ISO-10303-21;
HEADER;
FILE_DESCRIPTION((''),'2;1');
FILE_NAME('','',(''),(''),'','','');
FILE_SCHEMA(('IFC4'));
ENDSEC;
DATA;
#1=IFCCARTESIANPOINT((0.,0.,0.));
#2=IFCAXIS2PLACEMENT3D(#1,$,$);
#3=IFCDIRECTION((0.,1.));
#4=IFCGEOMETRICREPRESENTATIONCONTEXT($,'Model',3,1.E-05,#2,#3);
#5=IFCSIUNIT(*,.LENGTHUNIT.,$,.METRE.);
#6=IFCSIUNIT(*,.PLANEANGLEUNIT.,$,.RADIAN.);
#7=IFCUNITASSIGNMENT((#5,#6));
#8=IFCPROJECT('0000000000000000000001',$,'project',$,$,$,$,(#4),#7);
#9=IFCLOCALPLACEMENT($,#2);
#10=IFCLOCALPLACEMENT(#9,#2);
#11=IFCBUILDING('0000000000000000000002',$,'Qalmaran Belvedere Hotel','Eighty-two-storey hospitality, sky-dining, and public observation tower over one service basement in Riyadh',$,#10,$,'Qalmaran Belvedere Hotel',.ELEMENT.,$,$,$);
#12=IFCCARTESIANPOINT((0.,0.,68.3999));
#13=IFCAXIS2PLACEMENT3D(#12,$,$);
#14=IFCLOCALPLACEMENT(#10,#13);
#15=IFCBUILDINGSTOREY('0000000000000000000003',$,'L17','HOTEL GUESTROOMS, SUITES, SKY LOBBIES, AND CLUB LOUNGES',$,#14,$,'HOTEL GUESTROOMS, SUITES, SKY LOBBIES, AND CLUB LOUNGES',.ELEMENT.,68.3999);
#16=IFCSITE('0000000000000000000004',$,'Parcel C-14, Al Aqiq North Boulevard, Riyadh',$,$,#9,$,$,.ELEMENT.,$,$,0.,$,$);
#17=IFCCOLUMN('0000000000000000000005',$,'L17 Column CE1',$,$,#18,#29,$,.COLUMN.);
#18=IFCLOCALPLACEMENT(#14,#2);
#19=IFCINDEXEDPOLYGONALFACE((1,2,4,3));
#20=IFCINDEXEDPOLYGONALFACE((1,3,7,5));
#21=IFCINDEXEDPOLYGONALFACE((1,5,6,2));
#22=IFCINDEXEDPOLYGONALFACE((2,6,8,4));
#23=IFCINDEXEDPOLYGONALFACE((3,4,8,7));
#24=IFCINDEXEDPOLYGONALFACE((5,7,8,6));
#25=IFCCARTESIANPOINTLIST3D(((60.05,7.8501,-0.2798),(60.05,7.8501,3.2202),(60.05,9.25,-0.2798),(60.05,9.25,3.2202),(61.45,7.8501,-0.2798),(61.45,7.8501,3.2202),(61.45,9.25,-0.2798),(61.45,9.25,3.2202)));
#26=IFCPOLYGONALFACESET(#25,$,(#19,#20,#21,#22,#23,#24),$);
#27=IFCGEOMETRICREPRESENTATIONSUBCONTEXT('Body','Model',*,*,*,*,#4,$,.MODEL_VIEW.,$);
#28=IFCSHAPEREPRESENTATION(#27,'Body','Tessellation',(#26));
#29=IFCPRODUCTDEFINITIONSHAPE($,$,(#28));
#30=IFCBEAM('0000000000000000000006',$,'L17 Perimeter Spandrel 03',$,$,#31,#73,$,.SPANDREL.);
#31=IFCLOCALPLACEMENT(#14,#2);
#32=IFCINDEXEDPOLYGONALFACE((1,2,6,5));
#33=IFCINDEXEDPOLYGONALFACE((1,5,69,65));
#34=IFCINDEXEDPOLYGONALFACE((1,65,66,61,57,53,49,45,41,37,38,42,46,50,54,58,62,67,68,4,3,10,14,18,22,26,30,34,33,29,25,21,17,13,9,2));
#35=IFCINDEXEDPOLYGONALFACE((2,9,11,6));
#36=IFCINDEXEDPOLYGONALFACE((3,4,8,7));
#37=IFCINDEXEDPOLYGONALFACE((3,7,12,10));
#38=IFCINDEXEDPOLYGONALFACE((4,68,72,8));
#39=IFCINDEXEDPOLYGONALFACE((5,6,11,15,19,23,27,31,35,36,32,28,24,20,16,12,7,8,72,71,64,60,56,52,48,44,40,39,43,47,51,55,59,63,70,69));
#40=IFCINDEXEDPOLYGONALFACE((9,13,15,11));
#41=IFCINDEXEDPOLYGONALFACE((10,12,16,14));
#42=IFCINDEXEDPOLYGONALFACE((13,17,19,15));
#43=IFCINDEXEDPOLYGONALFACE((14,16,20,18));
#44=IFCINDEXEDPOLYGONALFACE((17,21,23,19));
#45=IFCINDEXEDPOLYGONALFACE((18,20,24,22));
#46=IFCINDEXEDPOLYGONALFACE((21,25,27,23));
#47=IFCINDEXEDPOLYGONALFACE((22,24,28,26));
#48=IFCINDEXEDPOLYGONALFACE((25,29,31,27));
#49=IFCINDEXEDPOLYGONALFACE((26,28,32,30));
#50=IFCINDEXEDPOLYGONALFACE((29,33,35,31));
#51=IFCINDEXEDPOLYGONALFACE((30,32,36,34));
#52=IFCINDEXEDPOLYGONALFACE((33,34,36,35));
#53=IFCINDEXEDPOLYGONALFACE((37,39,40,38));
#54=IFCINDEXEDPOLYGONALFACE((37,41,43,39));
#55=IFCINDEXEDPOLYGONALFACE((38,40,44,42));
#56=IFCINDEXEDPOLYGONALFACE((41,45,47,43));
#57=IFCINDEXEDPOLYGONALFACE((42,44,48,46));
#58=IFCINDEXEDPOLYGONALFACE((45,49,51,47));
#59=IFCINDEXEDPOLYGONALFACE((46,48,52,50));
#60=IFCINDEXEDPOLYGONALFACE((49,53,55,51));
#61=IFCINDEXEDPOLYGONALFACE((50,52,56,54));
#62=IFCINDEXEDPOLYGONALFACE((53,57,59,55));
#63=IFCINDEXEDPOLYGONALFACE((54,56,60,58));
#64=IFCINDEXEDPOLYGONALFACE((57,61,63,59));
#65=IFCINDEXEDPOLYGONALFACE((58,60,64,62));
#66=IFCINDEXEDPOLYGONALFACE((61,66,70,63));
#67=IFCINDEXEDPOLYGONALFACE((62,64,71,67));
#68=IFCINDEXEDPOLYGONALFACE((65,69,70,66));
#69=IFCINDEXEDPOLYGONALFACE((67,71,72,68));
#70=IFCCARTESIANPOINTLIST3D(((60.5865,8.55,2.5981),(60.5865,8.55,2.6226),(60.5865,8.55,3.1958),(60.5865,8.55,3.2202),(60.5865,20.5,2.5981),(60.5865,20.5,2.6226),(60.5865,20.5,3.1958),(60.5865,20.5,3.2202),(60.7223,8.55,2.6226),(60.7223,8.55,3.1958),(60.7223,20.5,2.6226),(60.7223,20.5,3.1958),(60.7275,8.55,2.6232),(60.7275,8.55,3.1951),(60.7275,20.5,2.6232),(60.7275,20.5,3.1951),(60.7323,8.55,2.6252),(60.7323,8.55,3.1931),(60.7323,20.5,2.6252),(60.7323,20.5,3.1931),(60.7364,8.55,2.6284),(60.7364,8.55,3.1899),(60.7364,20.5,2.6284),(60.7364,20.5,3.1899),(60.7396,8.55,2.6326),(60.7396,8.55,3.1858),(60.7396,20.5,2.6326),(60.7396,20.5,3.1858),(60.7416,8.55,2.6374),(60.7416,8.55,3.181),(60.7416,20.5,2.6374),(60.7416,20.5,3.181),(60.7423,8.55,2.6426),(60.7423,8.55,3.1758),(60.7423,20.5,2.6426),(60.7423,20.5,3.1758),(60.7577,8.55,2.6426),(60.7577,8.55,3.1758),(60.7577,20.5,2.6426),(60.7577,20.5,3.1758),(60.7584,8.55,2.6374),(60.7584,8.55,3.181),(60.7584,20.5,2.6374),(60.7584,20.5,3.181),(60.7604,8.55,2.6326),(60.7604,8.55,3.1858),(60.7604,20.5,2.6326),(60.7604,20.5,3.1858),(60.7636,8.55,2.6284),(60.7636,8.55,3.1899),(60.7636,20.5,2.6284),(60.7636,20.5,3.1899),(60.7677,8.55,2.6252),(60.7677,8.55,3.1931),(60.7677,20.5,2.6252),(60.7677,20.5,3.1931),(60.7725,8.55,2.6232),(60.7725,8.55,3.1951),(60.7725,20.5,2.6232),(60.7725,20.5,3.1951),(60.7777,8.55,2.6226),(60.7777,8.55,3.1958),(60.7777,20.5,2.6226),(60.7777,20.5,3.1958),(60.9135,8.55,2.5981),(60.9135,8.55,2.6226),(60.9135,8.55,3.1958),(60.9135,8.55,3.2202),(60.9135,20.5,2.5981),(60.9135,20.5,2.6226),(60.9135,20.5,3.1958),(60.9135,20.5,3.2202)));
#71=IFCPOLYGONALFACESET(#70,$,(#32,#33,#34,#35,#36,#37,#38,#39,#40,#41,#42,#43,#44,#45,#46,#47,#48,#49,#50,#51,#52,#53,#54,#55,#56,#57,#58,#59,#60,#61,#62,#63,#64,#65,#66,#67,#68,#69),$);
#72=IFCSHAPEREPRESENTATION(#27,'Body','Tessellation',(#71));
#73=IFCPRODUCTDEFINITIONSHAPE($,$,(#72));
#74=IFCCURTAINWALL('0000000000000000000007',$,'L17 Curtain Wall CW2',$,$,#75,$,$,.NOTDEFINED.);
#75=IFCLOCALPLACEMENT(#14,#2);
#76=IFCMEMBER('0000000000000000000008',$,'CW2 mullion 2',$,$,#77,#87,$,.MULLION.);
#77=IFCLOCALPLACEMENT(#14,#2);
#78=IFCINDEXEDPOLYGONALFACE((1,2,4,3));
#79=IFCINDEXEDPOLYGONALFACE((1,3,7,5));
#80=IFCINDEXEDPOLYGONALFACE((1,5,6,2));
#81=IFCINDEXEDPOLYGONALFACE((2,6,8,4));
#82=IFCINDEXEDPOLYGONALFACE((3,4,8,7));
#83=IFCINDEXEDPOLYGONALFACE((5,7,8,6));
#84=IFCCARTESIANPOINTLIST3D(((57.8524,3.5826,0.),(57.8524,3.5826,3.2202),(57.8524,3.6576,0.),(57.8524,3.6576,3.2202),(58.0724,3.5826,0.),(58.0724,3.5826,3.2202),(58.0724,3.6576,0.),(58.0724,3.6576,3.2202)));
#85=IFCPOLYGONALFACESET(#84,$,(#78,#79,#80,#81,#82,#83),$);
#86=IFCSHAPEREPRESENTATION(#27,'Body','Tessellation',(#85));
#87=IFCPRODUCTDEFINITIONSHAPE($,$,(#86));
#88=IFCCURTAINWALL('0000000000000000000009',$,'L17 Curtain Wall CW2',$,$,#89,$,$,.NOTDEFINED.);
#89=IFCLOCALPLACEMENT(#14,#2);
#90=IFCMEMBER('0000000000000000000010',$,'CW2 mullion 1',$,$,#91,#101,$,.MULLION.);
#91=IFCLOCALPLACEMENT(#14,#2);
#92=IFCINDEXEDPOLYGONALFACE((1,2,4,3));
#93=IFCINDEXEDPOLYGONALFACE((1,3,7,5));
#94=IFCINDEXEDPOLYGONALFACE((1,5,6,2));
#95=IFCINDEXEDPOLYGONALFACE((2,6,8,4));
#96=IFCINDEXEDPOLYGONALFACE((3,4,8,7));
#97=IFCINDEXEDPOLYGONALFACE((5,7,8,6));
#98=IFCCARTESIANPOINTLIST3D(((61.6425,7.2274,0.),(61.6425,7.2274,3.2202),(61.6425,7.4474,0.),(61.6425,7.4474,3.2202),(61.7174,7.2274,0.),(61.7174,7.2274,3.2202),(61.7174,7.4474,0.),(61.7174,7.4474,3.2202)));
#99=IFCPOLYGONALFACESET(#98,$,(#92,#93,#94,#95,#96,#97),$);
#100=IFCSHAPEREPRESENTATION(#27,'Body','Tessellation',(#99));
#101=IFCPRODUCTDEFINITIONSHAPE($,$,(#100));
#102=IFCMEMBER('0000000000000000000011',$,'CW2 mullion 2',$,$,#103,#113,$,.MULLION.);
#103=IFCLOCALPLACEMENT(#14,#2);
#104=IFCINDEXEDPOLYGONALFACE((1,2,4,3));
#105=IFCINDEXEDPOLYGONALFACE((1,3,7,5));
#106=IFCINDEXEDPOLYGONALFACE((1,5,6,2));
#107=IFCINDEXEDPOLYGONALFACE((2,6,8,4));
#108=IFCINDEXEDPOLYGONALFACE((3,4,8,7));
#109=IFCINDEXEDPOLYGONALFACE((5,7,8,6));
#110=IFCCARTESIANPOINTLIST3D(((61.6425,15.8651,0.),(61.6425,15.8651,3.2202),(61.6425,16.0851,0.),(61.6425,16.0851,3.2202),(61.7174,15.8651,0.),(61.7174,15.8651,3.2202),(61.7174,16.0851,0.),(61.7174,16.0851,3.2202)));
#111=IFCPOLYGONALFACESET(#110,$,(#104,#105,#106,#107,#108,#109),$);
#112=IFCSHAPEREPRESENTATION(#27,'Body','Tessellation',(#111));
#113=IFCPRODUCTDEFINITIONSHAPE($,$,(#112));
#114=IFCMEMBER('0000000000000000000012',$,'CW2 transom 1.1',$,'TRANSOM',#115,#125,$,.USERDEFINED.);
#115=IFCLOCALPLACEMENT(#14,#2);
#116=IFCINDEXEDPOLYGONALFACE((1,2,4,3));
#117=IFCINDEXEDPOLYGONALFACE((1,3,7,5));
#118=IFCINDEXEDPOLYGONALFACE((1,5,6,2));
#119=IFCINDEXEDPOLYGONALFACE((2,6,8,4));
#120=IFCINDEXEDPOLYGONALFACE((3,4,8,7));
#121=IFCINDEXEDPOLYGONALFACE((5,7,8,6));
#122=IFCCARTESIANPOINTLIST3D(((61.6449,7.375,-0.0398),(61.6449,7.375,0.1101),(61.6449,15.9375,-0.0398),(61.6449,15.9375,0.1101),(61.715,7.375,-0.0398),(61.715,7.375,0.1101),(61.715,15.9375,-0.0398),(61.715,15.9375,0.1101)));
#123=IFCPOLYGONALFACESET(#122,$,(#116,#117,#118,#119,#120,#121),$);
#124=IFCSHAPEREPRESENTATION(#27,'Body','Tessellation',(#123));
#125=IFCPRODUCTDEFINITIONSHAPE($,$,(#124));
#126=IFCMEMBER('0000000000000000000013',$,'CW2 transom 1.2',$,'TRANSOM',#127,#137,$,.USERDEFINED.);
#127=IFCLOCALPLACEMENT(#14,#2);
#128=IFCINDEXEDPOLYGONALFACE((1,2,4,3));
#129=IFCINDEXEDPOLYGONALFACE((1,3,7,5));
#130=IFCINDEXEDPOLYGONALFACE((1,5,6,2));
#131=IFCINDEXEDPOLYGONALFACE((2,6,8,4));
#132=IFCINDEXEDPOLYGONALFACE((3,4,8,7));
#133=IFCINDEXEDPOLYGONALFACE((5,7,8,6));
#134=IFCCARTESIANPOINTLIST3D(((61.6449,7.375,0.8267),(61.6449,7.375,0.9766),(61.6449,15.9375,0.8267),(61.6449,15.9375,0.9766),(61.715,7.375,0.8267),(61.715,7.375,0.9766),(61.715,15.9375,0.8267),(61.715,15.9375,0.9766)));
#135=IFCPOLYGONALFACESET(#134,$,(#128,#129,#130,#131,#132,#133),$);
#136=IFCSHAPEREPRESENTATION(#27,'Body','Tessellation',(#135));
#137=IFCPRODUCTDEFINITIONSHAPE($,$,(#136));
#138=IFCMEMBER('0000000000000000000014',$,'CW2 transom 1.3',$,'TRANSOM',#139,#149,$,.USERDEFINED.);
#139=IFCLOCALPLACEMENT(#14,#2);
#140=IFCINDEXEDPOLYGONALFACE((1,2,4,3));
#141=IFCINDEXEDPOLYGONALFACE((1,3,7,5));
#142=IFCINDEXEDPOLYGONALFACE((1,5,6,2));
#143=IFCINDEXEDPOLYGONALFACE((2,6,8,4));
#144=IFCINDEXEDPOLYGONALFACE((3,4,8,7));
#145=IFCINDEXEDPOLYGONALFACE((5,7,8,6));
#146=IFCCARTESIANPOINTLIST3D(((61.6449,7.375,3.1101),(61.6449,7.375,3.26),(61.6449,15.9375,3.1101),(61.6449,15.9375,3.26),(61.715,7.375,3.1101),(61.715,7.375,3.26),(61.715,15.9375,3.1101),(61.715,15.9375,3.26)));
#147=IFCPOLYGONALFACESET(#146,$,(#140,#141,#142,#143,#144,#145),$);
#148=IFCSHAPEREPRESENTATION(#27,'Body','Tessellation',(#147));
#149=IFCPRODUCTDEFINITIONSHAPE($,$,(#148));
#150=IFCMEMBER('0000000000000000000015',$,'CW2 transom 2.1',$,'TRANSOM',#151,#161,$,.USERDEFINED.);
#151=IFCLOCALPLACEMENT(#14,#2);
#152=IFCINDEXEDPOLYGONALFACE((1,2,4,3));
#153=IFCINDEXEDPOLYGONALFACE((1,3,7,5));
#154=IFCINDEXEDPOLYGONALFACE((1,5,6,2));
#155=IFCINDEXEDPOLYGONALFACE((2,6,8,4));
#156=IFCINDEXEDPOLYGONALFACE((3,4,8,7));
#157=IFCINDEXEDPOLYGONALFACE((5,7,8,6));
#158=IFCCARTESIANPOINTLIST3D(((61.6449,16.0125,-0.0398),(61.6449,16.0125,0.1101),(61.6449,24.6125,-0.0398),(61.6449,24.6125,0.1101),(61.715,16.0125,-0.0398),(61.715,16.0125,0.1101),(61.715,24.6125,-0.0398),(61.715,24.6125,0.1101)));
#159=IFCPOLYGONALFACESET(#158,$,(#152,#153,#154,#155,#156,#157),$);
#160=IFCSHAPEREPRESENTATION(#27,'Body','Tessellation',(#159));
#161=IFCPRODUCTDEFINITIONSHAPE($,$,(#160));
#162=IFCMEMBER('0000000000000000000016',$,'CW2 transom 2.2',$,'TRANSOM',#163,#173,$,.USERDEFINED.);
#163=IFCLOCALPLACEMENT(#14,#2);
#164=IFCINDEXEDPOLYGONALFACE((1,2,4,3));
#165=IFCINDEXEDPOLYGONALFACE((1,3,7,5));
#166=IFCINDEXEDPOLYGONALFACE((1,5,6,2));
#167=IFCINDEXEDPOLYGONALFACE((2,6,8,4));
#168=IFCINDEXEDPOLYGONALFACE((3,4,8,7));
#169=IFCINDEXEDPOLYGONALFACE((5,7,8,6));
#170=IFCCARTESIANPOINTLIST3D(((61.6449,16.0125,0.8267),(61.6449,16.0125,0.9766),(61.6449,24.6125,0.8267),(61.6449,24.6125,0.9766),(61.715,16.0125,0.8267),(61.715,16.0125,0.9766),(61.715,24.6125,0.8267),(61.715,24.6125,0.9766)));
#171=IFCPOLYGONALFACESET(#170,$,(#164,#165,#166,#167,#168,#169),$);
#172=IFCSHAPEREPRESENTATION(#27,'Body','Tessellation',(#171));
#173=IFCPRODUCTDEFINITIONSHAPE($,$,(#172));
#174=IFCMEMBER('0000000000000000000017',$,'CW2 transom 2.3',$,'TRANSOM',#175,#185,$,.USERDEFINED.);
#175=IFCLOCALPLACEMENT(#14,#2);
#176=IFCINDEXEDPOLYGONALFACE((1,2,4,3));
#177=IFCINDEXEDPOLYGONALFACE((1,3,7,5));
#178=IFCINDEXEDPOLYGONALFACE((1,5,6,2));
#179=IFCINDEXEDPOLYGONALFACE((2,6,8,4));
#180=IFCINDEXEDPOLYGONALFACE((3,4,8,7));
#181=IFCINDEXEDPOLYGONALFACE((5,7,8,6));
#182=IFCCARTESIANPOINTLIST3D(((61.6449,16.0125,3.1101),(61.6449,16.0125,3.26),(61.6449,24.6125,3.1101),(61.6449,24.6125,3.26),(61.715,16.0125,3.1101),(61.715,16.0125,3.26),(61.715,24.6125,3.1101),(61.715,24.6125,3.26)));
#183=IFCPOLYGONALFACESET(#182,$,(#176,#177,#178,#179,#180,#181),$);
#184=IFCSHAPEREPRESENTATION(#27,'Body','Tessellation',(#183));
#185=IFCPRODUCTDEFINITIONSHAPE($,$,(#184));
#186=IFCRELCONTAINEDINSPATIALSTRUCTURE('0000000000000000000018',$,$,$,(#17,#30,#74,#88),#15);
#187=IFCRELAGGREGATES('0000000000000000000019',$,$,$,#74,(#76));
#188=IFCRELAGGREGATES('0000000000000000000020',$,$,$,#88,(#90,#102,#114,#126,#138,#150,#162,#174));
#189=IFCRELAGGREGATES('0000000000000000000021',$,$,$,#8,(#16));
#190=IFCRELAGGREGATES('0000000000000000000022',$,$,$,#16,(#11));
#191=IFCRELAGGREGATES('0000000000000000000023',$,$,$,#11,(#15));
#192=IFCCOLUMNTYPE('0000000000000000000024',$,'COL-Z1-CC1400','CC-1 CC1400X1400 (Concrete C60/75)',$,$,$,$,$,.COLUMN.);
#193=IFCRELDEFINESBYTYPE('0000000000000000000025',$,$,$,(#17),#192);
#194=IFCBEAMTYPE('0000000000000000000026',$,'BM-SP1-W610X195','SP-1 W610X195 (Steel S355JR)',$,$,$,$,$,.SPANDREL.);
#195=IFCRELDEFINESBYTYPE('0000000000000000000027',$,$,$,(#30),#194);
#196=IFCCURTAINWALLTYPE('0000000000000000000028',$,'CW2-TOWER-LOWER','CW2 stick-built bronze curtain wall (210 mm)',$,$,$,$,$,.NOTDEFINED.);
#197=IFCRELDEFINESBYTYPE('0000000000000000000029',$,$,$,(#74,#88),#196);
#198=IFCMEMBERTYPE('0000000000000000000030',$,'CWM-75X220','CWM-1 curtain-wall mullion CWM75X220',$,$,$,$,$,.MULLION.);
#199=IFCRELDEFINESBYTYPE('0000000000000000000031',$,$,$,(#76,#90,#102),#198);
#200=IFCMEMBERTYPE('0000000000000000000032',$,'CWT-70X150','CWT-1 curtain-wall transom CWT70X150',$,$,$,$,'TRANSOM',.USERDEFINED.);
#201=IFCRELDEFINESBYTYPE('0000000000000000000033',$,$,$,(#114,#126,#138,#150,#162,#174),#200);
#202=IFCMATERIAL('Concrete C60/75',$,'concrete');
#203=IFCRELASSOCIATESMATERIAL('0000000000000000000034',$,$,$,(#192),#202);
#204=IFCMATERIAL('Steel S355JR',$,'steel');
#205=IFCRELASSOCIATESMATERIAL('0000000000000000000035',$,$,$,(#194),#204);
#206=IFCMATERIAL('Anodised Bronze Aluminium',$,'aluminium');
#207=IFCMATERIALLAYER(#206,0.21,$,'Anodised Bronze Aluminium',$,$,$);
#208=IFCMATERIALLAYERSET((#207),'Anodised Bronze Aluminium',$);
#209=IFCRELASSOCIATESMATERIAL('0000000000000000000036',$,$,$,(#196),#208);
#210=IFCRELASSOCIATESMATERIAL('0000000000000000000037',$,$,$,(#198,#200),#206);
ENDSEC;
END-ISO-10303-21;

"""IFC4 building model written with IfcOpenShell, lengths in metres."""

from ifc_helpers import new_model, si_unit, direction, frame, origin, origin_2d, place, context, subcontext, project, spatial, rectangle, i_section, extrude, material, layer, layer_set, material_profile, profile_set, type_object, element, aggregate, save


model = new_model("IFC4")

# Units and contexts
model_context = context("Model", 3, precision=1e-05, world=origin(), true_north=direction((0.0, 1.0)))
body_context = subcontext(model_context, "Body", "Model", "MODEL_VIEW")
ifc_project = project(units=[si_unit("LENGTHUNIT", "METRE"), si_unit("PLANEANGLEUNIT", "RADIAN")], contexts=[model_context])

# Site, building, storey
site_placement = place(None, origin())
site = spatial("IfcSite", under=ifc_project, at=site_placement, Name="Parcel C-14, Al Aqiq North Boulevard, Riyadh", CompositionType="ELEMENT", RefElevation=0.0)
building_placement = place(site_placement, origin())
building = spatial("IfcBuilding", under=site, at=building_placement, Name="Qalmaran Belvedere Hotel", Description="Eighty-two-storey hospitality, sky-dining, and public observation tower over one service basement in Riyadh", LongName="Qalmaran Belvedere Hotel", CompositionType="ELEMENT")
storey_placement = place(building_placement, frame((0.0, 0.0, 68.3999)))
storey = spatial("IfcBuildingStorey", under=building, at=storey_placement, Name="L17", Description="HOTEL GUESTROOMS, SUITES, SKY LOBBIES, AND CLUB LOUNGES", LongName="HOTEL GUESTROOMS, SUITES, SKY LOBBIES, AND CLUB LOUNGES", CompositionType="ELEMENT", Elevation=68.3999)

# Column
ifc_material_1 = material(Name="Concrete C60/75", Category="concrete")
ifc_material_profile_1 = material_profile(ifc_material_1, rectangle(XDim=1.3999, YDim=1.3999, at=origin_2d()), Name="CC1400X1400")
ifc_profile_set_1 = profile_set([ifc_material_profile_1], Name="Concrete C60/75")
column_type = type_object("IfcColumnType", Name="COL-Z1-CC1400", Description="CC-1 CC1400X1400 (Concrete C60/75)", PredefinedType="COLUMN", material=ifc_profile_set_1)
column_placement = place(storey_placement, frame((60.75, 8.55, -0.2798), z_axis=(0.0, 0.0, 1.0), x_axis=(1.0, 0.0, 0.0)))
element("IfcColumn", 1, at=column_placement, inside=storey, type_object=column_type, Name="L17 Column CE1", PredefinedType="COLUMN", context=body_context, shape_type="SweptSolid", body=[
    extrude(rectangle(XDim=1.3999, YDim=1.3999, at=origin_2d()), origin(), (0.0, 0.0, 1.0), 3.5),
])

# Beam
ifc_material_2 = material(Name="Steel S355JR", Category="steel")
ifc_material_profile_2 = material_profile(ifc_material_2, i_section(OverallWidth=0.3269, OverallDepth=0.6221, WebThickness=0.0154, FlangeThickness=0.0244, FilletRadius=0.02, at=origin_2d()), Name="W610X195")
ifc_profile_set_2 = profile_set([ifc_material_profile_2], Name="Steel S355JR")
beam_type = type_object("IfcBeamType", Name="BM-SP1-W610X195", Description="SP-1 W610X195 (Steel S355JR)", PredefinedType="SPANDREL", material=ifc_profile_set_2)
beam_placement = place(storey_placement, frame((60.75, 8.55, 2.9092), z_axis=(0.0, 1.0, 0.0), x_axis=(-1.0, 0.0, 0.0)))
element("IfcBeam", 2, at=beam_placement, inside=storey, type_object=beam_type, Name="L17 Perimeter Spandrel 03", PredefinedType="SPANDREL", context=body_context, shape_type="SweptSolid", body=[
    extrude(i_section(OverallWidth=0.3269, OverallDepth=0.6221, WebThickness=0.0154, FlangeThickness=0.0244, FilletRadius=0.02, at=origin_2d()), origin(), (0.0, 0.0, 1.0), 11.95),
])

# Curtain wall, member
ifc_material_3 = material(Name="Anodised Bronze Aluminium", Category="aluminium")
ifc_layer_1 = layer(ifc_material_3, 0.21, Name="Anodised Bronze Aluminium")
ifc_layer_set_1 = layer_set([ifc_layer_1], Name="Anodised Bronze Aluminium")
curtain_wall_type = type_object("IfcCurtainWallType", Name="CW2-TOWER-LOWER", Description="CW2 stick-built bronze curtain wall (210 mm)", PredefinedType="NOTDEFINED", material=ifc_layer_set_1)
curtain_wall_1_placement = place(storey_placement, origin())
curtain_wall_1 = element("IfcCurtainWall", 3, at=curtain_wall_1_placement, inside=storey, type_object=curtain_wall_type, Name="L17 Curtain Wall CW2", PredefinedType="NOTDEFINED")
ifc_material_profile_3 = material_profile(ifc_material_3, rectangle(XDim=0.075, YDim=0.22, at=origin_2d()), Name="CWM75X220")
ifc_profile_set_3 = profile_set([ifc_material_profile_3], Name="Anodised Bronze Aluminium")
member_type_1 = type_object("IfcMemberType", Name="CWM-75X220", Description="CWM-1 curtain-wall mullion CWM75X220", PredefinedType="MULLION", material=ifc_profile_set_3)
member_1_placement = place(storey_placement, frame((57.9624, 3.6201, 0.0), z_axis=(0.0, 0.0, 1.0), x_axis=(0.0, 1.0, 0.0)))
member_1 = element("IfcMember", 4, at=member_1_placement, type_object=member_type_1, Name="CW2 mullion 2", PredefinedType="MULLION", context=body_context, shape_type="SweptSolid", body=[
    extrude(rectangle(XDim=0.075, YDim=0.22, at=origin_2d()), origin(), (0.0, 0.0, 1.0), 3.2202),
])

# Curtain wall, members
curtain_wall_2_placement = place(storey_placement, origin())
curtain_wall_2 = element("IfcCurtainWall", 5, at=curtain_wall_2_placement, inside=storey, type_object=curtain_wall_type, Name="L17 Curtain Wall CW2", PredefinedType="NOTDEFINED")
member_2_placement = place(storey_placement, frame((61.6799, 7.3374, 0.0), z_axis=(0.0, 0.0, 1.0), x_axis=(-1.0, 0.0, 0.0)))
member_2 = element("IfcMember", 6, at=member_2_placement, type_object=member_type_1, Name="CW2 mullion 1", PredefinedType="MULLION", context=body_context, shape_type="SweptSolid", body=[
    extrude(rectangle(XDim=0.075, YDim=0.22, at=origin_2d()), origin(), (0.0, 0.0, 1.0), 3.2202),
])
member_3_placement = place(storey_placement, frame((61.6799, 15.9751, 0.0), z_axis=(0.0, 0.0, 1.0), x_axis=(-1.0, 0.0, 0.0)))
member_3 = element("IfcMember", 7, at=member_3_placement, type_object=member_type_1, Name="CW2 mullion 2", PredefinedType="MULLION", context=body_context, shape_type="SweptSolid", body=[
    extrude(rectangle(XDim=0.075, YDim=0.22, at=origin_2d()), origin(), (0.0, 0.0, 1.0), 3.2202),
])
ifc_material_profile_4 = material_profile(ifc_material_3, rectangle(XDim=0.0701, YDim=0.1499, at=origin_2d()), Name="CWT70X150")
ifc_profile_set_4 = profile_set([ifc_material_profile_4], Name="Anodised Bronze Aluminium")
member_type_2 = type_object("IfcMemberType", Name="CWT-70X150", Description="CWT-1 curtain-wall transom CWT70X150", ElementType="TRANSOM", PredefinedType="USERDEFINED", material=ifc_profile_set_4)
member_4_placement = place(storey_placement, frame((61.6799, 7.375, 0.0352), z_axis=(0.0, 1.0, 0.0), x_axis=(-1.0, 0.0, 0.0)))
member_4 = element("IfcMember", 8, at=member_4_placement, type_object=member_type_2, Name="CW2 transom 1.1", ObjectType="TRANSOM", PredefinedType="USERDEFINED", context=body_context, shape_type="SweptSolid", body=[
    extrude(rectangle(XDim=0.0701, YDim=0.1499, at=origin_2d()), origin(), (0.0, 0.0, 1.0), 8.5625),
])
member_5_placement = place(storey_placement, frame((61.6799, 7.375, 0.9016), z_axis=(0.0, 1.0, 0.0), x_axis=(-1.0, 0.0, 0.0)))
member_5 = element("IfcMember", 9, at=member_5_placement, type_object=member_type_2, Name="CW2 transom 1.2", ObjectType="TRANSOM", PredefinedType="USERDEFINED", context=body_context, shape_type="SweptSolid", body=[
    extrude(rectangle(XDim=0.0701, YDim=0.1499, at=origin_2d()), origin(), (0.0, 0.0, 1.0), 8.5625),
])
member_6_placement = place(storey_placement, frame((61.6799, 7.375, 3.1851), z_axis=(0.0, 1.0, 0.0), x_axis=(-1.0, 0.0, 0.0)))
member_6 = element("IfcMember", 10, at=member_6_placement, type_object=member_type_2, Name="CW2 transom 1.3", ObjectType="TRANSOM", PredefinedType="USERDEFINED", context=body_context, shape_type="SweptSolid", body=[
    extrude(rectangle(XDim=0.0701, YDim=0.1499, at=origin_2d()), origin(), (0.0, 0.0, 1.0), 8.5625),
])
member_7_placement = place(storey_placement, frame((61.6799, 16.0125, 0.0352), z_axis=(0.0, 1.0, 0.0), x_axis=(-1.0, 0.0, 0.0)))
member_7 = element("IfcMember", 11, at=member_7_placement, type_object=member_type_2, Name="CW2 transom 2.1", ObjectType="TRANSOM", PredefinedType="USERDEFINED", context=body_context, shape_type="SweptSolid", body=[
    extrude(rectangle(XDim=0.0701, YDim=0.1499, at=origin_2d()), origin(), (0.0, 0.0, 1.0), 8.6001),
])
member_8_placement = place(storey_placement, frame((61.6799, 16.0125, 0.9016), z_axis=(0.0, 1.0, 0.0), x_axis=(-1.0, 0.0, 0.0)))
member_8 = element("IfcMember", 12, at=member_8_placement, type_object=member_type_2, Name="CW2 transom 2.2", ObjectType="TRANSOM", PredefinedType="USERDEFINED", context=body_context, shape_type="SweptSolid", body=[
    extrude(rectangle(XDim=0.0701, YDim=0.1499, at=origin_2d()), origin(), (0.0, 0.0, 1.0), 8.6001),
])
member_9_placement = place(storey_placement, frame((61.6799, 16.0125, 3.1851), z_axis=(0.0, 1.0, 0.0), x_axis=(-1.0, 0.0, 0.0)))
member_9 = element("IfcMember", 13, at=member_9_placement, type_object=member_type_2, Name="CW2 transom 2.3", ObjectType="TRANSOM", PredefinedType="USERDEFINED", context=body_context, shape_type="SweptSolid", body=[
    extrude(rectangle(XDim=0.0701, YDim=0.1499, at=origin_2d()), origin(), (0.0, 0.0, 1.0), 8.6001),
])

aggregate(curtain_wall_1, [member_1])
aggregate(curtain_wall_2, [member_2, member_3, member_4, member_5, member_6, member_7, member_8, member_9])

save(model, "model.ifc")
